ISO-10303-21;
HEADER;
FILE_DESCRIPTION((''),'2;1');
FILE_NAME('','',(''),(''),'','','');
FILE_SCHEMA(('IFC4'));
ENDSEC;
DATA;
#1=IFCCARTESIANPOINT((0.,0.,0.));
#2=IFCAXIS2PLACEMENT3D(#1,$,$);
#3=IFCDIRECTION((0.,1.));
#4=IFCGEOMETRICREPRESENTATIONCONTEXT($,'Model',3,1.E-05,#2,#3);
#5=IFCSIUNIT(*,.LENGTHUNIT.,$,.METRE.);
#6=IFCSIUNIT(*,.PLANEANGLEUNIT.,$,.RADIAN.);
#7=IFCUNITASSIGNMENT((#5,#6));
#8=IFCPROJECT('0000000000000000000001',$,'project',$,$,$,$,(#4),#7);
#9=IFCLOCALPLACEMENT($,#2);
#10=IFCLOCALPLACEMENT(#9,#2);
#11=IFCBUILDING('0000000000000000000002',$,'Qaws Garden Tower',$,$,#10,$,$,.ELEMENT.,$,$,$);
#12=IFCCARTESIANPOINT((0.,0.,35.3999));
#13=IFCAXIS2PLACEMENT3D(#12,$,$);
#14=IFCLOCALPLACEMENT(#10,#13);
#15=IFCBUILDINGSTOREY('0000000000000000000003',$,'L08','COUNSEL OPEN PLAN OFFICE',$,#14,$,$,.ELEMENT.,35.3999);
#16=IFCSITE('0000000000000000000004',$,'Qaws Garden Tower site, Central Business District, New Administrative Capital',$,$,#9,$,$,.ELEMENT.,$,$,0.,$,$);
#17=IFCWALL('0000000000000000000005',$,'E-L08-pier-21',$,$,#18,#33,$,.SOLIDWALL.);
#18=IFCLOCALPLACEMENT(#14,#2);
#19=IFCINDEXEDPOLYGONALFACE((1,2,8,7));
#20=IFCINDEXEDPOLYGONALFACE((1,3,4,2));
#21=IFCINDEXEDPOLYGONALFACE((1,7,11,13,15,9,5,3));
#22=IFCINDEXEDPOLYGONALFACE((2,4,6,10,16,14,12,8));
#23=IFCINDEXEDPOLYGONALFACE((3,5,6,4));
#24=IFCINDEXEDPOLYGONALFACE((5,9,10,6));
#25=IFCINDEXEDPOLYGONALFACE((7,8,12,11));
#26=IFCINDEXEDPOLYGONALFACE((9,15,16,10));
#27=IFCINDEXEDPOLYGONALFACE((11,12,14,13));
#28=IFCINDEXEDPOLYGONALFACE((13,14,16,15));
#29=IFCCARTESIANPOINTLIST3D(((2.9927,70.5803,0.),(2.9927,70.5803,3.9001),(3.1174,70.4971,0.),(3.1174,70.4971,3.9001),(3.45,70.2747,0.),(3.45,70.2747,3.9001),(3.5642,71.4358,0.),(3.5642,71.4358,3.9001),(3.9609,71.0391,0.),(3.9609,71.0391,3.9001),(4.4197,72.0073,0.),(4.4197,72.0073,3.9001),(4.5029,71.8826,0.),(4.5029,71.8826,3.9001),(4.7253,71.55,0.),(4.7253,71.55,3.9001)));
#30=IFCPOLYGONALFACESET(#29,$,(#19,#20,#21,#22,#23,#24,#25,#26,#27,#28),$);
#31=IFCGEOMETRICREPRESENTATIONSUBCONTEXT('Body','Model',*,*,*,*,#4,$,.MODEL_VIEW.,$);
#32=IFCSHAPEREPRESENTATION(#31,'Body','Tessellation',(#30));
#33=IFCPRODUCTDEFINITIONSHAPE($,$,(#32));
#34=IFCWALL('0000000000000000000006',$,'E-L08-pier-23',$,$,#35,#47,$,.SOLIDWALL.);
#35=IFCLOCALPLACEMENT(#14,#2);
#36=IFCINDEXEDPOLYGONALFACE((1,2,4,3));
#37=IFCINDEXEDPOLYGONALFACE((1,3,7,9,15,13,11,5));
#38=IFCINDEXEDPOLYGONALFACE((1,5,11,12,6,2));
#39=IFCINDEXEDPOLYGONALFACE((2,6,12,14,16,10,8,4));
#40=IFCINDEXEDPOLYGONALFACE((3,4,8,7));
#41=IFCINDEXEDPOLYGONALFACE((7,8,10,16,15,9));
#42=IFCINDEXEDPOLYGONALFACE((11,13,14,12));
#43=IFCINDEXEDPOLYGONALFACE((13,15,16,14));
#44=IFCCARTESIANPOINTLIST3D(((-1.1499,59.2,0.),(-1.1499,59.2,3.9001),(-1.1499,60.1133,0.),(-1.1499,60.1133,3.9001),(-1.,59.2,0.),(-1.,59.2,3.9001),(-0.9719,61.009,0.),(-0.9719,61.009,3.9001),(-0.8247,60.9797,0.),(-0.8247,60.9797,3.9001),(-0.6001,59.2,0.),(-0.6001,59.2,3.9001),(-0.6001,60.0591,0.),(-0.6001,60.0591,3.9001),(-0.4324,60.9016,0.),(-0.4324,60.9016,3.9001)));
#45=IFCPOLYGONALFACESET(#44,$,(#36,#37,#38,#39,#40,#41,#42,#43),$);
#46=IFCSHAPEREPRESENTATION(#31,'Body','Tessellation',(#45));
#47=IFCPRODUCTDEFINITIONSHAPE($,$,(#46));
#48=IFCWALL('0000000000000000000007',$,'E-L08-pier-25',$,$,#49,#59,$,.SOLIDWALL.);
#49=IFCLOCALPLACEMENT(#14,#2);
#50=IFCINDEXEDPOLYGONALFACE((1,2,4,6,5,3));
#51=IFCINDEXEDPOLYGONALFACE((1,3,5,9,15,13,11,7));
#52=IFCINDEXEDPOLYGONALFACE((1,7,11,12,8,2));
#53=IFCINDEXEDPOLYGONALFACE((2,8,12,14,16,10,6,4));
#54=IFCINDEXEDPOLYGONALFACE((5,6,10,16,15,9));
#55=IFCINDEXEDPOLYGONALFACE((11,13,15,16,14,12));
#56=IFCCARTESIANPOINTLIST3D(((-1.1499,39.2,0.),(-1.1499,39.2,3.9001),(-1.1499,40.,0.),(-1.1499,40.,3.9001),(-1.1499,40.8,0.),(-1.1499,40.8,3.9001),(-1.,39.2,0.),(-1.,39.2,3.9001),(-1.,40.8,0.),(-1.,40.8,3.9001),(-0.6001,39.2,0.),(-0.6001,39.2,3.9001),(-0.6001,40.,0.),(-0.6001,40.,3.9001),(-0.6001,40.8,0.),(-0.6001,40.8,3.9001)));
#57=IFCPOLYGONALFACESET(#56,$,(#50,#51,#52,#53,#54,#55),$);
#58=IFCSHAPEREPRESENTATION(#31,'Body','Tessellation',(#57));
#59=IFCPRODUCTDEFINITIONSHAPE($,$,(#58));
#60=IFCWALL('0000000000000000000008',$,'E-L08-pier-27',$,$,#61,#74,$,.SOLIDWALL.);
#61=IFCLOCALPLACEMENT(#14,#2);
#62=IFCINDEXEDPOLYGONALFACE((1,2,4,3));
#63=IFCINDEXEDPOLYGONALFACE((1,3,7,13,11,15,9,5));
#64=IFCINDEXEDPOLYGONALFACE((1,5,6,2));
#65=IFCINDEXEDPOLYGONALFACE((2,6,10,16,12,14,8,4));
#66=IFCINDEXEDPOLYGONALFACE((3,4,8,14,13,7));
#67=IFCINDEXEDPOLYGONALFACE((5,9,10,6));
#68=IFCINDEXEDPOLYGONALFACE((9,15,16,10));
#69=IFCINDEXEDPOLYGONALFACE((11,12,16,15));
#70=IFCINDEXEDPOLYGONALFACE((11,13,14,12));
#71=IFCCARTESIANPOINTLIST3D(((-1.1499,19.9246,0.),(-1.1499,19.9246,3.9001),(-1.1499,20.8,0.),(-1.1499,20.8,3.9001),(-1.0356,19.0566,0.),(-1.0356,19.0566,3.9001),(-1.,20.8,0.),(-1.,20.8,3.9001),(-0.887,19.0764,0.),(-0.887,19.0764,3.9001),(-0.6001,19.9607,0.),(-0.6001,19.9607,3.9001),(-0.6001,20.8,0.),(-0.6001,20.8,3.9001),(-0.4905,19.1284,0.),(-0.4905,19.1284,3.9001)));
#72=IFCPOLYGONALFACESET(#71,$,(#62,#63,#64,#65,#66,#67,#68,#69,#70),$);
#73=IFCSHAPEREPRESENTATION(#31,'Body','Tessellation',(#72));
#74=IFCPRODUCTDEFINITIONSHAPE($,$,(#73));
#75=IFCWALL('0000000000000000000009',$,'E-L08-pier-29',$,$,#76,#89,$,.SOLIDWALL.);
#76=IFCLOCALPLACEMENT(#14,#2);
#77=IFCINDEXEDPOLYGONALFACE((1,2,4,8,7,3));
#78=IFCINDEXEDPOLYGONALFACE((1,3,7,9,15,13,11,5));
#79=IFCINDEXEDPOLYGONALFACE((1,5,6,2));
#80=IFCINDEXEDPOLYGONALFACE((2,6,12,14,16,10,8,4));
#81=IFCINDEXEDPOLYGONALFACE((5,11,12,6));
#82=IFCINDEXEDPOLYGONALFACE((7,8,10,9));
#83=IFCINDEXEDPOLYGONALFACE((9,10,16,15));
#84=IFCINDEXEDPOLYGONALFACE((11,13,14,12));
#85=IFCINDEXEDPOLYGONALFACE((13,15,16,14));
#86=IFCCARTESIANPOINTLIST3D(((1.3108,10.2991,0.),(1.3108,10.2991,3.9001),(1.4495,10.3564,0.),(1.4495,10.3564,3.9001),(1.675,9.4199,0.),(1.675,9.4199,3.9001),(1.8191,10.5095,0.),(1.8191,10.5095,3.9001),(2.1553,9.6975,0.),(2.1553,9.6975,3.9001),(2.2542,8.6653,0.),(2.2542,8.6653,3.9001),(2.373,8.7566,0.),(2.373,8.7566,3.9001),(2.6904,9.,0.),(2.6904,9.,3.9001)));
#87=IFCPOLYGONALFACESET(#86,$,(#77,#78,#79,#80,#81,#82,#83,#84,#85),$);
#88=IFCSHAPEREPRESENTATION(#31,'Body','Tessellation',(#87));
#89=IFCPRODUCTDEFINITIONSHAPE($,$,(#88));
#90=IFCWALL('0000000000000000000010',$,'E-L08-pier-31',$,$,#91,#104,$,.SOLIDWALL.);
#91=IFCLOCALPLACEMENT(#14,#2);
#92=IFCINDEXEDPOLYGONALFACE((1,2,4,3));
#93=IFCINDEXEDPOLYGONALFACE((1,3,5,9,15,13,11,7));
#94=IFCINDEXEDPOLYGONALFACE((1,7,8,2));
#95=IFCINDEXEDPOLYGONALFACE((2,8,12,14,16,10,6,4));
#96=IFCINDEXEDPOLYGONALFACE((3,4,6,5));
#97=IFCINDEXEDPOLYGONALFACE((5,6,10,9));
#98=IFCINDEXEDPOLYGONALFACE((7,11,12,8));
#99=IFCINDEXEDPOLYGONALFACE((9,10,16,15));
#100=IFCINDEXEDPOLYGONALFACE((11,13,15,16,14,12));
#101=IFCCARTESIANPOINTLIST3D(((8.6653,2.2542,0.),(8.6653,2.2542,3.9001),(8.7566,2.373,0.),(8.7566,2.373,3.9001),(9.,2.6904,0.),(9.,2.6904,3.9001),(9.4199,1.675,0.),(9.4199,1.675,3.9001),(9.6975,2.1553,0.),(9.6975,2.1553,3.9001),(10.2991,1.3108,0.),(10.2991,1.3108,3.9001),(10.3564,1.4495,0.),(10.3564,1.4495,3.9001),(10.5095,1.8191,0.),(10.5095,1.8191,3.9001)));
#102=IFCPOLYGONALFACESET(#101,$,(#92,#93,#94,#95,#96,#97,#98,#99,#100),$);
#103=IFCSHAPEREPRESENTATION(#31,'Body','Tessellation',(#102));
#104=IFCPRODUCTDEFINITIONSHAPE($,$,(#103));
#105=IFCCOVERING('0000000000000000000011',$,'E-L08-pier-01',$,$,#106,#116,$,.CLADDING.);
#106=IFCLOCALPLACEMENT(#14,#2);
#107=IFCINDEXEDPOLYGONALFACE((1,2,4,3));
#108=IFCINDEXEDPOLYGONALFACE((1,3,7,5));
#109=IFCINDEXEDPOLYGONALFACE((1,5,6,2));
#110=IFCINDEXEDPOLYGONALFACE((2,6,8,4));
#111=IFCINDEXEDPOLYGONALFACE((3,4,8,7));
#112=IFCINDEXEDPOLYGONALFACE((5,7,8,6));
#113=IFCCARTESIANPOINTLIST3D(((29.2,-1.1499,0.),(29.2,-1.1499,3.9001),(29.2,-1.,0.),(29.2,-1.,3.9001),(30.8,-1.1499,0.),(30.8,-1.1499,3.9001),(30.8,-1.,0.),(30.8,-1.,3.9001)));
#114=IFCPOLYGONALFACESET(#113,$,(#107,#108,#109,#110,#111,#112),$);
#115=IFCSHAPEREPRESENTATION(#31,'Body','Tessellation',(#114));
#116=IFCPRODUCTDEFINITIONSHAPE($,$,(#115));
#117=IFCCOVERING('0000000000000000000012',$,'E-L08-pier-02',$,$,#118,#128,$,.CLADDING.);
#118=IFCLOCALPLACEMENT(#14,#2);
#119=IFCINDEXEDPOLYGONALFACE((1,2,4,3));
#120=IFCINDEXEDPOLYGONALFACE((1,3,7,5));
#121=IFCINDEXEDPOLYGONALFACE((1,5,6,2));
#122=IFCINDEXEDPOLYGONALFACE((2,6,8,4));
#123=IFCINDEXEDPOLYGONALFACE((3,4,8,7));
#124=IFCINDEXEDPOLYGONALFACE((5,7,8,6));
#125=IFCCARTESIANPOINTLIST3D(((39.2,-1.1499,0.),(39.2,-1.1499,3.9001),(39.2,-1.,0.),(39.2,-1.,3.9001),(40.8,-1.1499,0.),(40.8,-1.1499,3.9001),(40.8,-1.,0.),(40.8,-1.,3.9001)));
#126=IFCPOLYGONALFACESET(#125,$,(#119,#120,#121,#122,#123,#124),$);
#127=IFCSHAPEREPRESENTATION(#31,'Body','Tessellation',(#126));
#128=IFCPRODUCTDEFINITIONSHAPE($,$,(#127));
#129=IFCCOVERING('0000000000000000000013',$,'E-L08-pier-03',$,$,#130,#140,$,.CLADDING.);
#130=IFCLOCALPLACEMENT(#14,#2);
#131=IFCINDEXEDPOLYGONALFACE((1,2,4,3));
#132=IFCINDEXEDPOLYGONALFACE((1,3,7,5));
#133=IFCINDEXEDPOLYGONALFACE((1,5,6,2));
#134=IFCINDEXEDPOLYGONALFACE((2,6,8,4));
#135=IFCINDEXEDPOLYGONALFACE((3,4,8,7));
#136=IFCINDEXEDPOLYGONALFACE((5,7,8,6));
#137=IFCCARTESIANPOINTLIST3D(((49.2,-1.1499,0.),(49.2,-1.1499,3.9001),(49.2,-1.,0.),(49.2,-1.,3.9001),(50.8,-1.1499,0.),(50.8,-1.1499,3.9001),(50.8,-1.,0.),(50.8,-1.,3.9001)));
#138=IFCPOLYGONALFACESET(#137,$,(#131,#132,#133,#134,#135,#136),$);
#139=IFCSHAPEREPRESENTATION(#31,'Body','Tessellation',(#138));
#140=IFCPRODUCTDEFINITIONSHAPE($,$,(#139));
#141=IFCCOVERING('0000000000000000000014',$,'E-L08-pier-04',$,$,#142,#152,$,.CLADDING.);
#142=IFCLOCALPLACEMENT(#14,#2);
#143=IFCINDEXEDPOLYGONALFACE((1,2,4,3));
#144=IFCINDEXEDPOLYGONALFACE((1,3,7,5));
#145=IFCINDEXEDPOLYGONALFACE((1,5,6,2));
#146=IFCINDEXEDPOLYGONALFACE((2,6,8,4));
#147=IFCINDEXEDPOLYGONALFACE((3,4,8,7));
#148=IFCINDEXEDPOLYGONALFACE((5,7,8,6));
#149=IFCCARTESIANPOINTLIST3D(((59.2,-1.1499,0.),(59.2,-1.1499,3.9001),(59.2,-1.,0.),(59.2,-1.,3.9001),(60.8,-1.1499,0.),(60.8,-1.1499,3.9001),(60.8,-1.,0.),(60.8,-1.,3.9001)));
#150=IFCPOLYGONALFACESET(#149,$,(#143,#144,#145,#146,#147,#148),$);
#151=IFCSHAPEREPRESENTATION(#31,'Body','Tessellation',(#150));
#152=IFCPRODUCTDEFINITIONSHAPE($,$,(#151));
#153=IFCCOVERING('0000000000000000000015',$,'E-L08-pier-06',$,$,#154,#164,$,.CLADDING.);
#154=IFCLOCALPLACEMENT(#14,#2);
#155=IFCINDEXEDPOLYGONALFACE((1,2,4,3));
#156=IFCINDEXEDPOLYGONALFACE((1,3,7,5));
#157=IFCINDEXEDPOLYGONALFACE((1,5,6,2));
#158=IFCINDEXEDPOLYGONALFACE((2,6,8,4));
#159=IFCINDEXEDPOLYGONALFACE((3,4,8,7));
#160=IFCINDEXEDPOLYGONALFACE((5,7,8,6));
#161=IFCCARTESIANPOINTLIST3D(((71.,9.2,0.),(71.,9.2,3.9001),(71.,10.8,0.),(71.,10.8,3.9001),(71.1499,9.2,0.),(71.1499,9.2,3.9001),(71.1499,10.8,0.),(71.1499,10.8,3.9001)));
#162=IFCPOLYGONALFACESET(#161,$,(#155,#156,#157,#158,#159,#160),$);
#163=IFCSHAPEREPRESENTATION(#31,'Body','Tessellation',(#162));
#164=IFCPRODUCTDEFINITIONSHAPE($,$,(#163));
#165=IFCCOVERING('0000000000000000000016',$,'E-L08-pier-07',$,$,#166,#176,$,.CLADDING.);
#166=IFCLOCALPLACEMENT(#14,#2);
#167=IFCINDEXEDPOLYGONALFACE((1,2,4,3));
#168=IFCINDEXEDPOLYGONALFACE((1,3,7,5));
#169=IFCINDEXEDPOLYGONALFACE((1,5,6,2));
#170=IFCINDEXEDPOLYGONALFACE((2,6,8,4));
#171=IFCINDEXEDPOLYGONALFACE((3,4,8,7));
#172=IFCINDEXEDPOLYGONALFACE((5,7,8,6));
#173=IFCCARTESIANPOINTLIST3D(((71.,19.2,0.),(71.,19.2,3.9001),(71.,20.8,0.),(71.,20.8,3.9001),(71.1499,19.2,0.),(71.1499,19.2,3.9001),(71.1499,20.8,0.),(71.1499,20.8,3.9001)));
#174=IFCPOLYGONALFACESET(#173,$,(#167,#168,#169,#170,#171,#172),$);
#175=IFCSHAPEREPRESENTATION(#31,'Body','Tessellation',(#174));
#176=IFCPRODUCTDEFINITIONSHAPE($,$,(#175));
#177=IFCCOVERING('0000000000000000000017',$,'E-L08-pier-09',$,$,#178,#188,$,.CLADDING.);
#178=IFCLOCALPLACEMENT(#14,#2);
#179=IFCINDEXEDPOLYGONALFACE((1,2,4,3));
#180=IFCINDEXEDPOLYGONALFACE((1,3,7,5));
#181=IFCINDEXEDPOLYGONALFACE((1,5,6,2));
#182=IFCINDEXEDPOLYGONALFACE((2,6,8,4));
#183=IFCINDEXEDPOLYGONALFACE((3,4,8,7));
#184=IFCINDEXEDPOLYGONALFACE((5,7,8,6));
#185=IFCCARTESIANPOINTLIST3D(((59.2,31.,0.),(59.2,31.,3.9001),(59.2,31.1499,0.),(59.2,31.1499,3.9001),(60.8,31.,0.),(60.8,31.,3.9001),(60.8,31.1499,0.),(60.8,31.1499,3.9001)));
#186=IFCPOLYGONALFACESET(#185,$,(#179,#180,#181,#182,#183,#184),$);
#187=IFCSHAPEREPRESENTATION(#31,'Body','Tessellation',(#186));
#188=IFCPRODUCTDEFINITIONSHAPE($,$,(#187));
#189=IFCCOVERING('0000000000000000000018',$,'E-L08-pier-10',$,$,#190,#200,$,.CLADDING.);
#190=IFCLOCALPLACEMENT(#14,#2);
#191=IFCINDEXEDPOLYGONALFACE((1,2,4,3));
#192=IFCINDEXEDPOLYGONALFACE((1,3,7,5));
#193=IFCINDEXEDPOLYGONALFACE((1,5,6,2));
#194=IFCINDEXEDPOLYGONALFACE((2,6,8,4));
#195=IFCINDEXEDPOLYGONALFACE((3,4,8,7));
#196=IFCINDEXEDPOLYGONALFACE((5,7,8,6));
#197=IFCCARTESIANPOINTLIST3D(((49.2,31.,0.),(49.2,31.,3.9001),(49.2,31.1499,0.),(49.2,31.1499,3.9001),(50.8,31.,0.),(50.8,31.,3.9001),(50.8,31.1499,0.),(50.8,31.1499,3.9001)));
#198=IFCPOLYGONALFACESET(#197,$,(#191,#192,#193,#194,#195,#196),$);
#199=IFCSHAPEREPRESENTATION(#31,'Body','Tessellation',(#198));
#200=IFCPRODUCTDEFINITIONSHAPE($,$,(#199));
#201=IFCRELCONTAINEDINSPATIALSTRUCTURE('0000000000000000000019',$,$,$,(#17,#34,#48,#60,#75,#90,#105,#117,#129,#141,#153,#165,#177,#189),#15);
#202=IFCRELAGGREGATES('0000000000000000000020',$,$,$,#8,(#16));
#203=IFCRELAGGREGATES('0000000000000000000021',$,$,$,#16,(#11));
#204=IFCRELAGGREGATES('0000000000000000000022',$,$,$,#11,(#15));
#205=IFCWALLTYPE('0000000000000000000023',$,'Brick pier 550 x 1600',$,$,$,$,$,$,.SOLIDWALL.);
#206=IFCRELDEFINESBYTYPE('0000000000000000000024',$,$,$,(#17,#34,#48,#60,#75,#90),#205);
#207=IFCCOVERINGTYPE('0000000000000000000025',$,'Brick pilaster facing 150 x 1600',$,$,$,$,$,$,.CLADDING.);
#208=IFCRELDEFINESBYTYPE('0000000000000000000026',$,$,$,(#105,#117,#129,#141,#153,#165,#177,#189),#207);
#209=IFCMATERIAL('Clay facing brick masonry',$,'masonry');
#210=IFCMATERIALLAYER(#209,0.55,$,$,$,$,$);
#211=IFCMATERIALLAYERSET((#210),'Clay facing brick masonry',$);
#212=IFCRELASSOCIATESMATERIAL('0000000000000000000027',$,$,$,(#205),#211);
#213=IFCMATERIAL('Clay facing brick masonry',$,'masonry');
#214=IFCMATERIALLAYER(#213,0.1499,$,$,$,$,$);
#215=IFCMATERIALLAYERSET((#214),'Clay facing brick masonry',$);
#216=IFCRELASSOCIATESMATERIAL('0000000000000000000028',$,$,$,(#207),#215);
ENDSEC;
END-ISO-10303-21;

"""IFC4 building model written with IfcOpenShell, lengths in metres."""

from ifc_helpers import new_model, si_unit, direction, frame, origin, place, context, subcontext, project, spatial, polyline, outline, extrude, material, layer, layer_set, type_object, element, save


model = new_model("IFC4")

# Units and contexts
model_context = context("Model", 3, precision=1e-05, world=origin(), true_north=direction((0.0, 1.0)))
body_context = subcontext(model_context, "Body", "Model", "MODEL_VIEW")
ifc_project = project(units=[si_unit("LENGTHUNIT", "METRE"), si_unit("PLANEANGLEUNIT", "RADIAN")], contexts=[model_context])

# Site, building, storey
site_placement = place(None, origin())
site = spatial("IfcSite", under=ifc_project, at=site_placement, Name="Qaws Garden Tower site, Central Business District, New Administrative Capital", CompositionType="ELEMENT", RefElevation=0.0)
building_placement = place(site_placement, origin())
building = spatial("IfcBuilding", under=site, at=building_placement, Name="Qaws Garden Tower", CompositionType="ELEMENT")
storey_placement = place(building_placement, frame((0.0, 0.0, 35.3999)))
storey = spatial("IfcBuildingStorey", under=building, at=storey_placement, Name="L08", Description="COUNSEL OPEN PLAN OFFICE", CompositionType="ELEMENT", Elevation=35.3999)

# Walls
placement = place(storey_placement, origin())
ifc_material_1 = material(Name="Clay facing brick masonry", Category="masonry")
ifc_layer_1 = layer(ifc_material_1, 0.55)
ifc_layer_set_1 = layer_set([ifc_layer_1], Name="Clay facing brick masonry")
wall_type_1 = type_object("IfcWallType", Name="Brick pier 550 x 1600", PredefinedType="SOLIDWALL", material=ifc_layer_set_1)
element("IfcWall", 1, at=placement, inside=storey, type_object=wall_type_1, Name="E-L08-pier-21", PredefinedType="SOLIDWALL", context=body_context, shape_type="SweptSolid", body=[
    extrude(outline(polyline([(4.5029, 71.8826), (4.4197, 72.0073), (3.5642, 71.4358), (2.9927, 70.5803), (3.1174, 70.4971), (3.45, 70.2747), (3.9609, 71.0391), (4.7253, 71.55), (4.5029, 71.8826)])), origin(), (0.0, 0.0, 1.0), 3.9001),
])
element("IfcWall", 2, at=placement, inside=storey, type_object=wall_type_1, Name="E-L08-pier-23", PredefinedType="SOLIDWALL", context=body_context, shape_type="SweptSolid", body=[
    extrude(outline(polyline([(-0.8247, 60.9797), (-0.9719, 61.009), (-1.1499, 60.1133), (-1.1499, 59.2), (-1.0, 59.2), (-0.6001, 59.2), (-0.6001, 60.0591), (-0.4324, 60.9016), (-0.8247, 60.9797)])), origin(), (0.0, 0.0, 1.0), 3.9001),
])
element("IfcWall", 3, at=placement, inside=storey, type_object=wall_type_1, Name="E-L08-pier-25", PredefinedType="SOLIDWALL", context=body_context, shape_type="SweptSolid", body=[
    extrude(outline(polyline([(-1.0, 40.8), (-1.1499, 40.8), (-1.1499, 40.0), (-1.1499, 39.2), (-1.0, 39.2), (-0.6001, 39.2), (-0.6001, 40.0), (-0.6001, 40.8), (-1.0, 40.8)])), origin(), (0.0, 0.0, 1.0), 3.9001),
])
element("IfcWall", 4, at=placement, inside=storey, type_object=wall_type_1, Name="E-L08-pier-27", PredefinedType="SOLIDWALL", context=body_context, shape_type="SweptSolid", body=[
    extrude(outline(polyline([(-1.0, 20.8), (-1.1499, 20.8), (-1.1499, 19.9246), (-1.0356, 19.0566), (-0.887, 19.0764), (-0.4905, 19.1284), (-0.6001, 19.9607), (-0.6001, 20.8), (-1.0, 20.8)])), origin(), (0.0, 0.0, 1.0), 3.9001),
])
element("IfcWall", 5, at=placement, inside=storey, type_object=wall_type_1, Name="E-L08-pier-29", PredefinedType="SOLIDWALL", context=body_context, shape_type="SweptSolid", body=[
    extrude(outline(polyline([(1.4495, 10.3564), (1.3108, 10.2991), (1.675, 9.4199), (2.2542, 8.6653), (2.373, 8.7566), (2.6904, 9.0), (2.1553, 9.6975), (1.8191, 10.5095), (1.4495, 10.3564)])), origin(), (0.0, 0.0, 1.0), 3.9001),
])
element("IfcWall", 6, at=placement, inside=storey, type_object=wall_type_1, Name="E-L08-pier-31", PredefinedType="SOLIDWALL", context=body_context, shape_type="SweptSolid", body=[
    extrude(outline(polyline([(8.7566, 2.373), (8.6653, 2.2542), (9.4199, 1.675), (10.2991, 1.3108), (10.3564, 1.4495), (10.5095, 1.8191), (9.6975, 2.1553), (9.0, 2.6904), (8.7566, 2.373)])), origin(), (0.0, 0.0, 1.0), 3.9001),
])

# Coverings
ifc_material_2 = material(Name="Clay facing brick masonry", Category="masonry")
ifc_layer_2 = layer(ifc_material_2, 0.1499)
ifc_layer_set_2 = layer_set([ifc_layer_2], Name="Clay facing brick masonry")
covering_type = type_object("IfcCoveringType", Name="Brick pilaster facing 150 x 1600", PredefinedType="CLADDING", material=ifc_layer_set_2)
element("IfcCovering", 7, at=placement, inside=storey, type_object=covering_type, Name="E-L08-pier-01", PredefinedType="CLADDING", context=body_context, shape_type="SweptSolid", body=[
    extrude(outline(polyline([(29.2, -1.0), (30.8, -1.0), (30.8, -1.1499), (29.2, -1.1499), (29.2, -1.0)])), origin(), (0.0, 0.0, 1.0), 3.9001),
])
element("IfcCovering", 8, at=placement, inside=storey, type_object=covering_type, Name="E-L08-pier-02", PredefinedType="CLADDING", context=body_context, shape_type="SweptSolid", body=[
    extrude(outline(polyline([(39.2, -1.0), (40.8, -1.0), (40.8, -1.1499), (39.2, -1.1499), (39.2, -1.0)])), origin(), (0.0, 0.0, 1.0), 3.9001),
])
element("IfcCovering", 9, at=placement, inside=storey, type_object=covering_type, Name="E-L08-pier-03", PredefinedType="CLADDING", context=body_context, shape_type="SweptSolid", body=[
    extrude(outline(polyline([(49.2, -1.0), (50.8, -1.0), (50.8, -1.1499), (49.2, -1.1499), (49.2, -1.0)])), origin(), (0.0, 0.0, 1.0), 3.9001),
])
element("IfcCovering", 10, at=placement, inside=storey, type_object=covering_type, Name="E-L08-pier-04", PredefinedType="CLADDING", context=body_context, shape_type="SweptSolid", body=[
    extrude(outline(polyline([(59.2, -1.0), (60.8, -1.0), (60.8, -1.1499), (59.2, -1.1499), (59.2, -1.0)])), origin(), (0.0, 0.0, 1.0), 3.9001),
])
element("IfcCovering", 11, at=placement, inside=storey, type_object=covering_type, Name="E-L08-pier-06", PredefinedType="CLADDING", context=body_context, shape_type="SweptSolid", body=[
    extrude(outline(polyline([(71.0, 9.2), (71.0, 10.8), (71.1499, 10.8), (71.1499, 9.2), (71.0, 9.2)])), origin(), (0.0, 0.0, 1.0), 3.9001),
])
element("IfcCovering", 12, at=placement, inside=storey, type_object=covering_type, Name="E-L08-pier-07", PredefinedType="CLADDING", context=body_context, shape_type="SweptSolid", body=[
    extrude(outline(polyline([(71.0, 19.2), (71.0, 20.8), (71.1499, 20.8), (71.1499, 19.2), (71.0, 19.2)])), origin(), (0.0, 0.0, 1.0), 3.9001),
])
element("IfcCovering", 13, at=placement, inside=storey, type_object=covering_type, Name="E-L08-pier-09", PredefinedType="CLADDING", context=body_context, shape_type="SweptSolid", body=[
    extrude(outline(polyline([(60.8, 31.0), (59.2, 31.0), (59.2, 31.1499), (60.8, 31.1499), (60.8, 31.0)])), origin(), (0.0, 0.0, 1.0), 3.9001),
])
element("IfcCovering", 14, at=placement, inside=storey, type_object=covering_type, Name="E-L08-pier-10", PredefinedType="CLADDING", context=body_context, shape_type="SweptSolid", body=[
    extrude(outline(polyline([(50.8, 31.0), (49.2, 31.0), (49.2, 31.1499), (50.8, 31.1499), (50.8, 31.0)])), origin(), (0.0, 0.0, 1.0), 3.9001),
])

save(model, "model.ifc")
